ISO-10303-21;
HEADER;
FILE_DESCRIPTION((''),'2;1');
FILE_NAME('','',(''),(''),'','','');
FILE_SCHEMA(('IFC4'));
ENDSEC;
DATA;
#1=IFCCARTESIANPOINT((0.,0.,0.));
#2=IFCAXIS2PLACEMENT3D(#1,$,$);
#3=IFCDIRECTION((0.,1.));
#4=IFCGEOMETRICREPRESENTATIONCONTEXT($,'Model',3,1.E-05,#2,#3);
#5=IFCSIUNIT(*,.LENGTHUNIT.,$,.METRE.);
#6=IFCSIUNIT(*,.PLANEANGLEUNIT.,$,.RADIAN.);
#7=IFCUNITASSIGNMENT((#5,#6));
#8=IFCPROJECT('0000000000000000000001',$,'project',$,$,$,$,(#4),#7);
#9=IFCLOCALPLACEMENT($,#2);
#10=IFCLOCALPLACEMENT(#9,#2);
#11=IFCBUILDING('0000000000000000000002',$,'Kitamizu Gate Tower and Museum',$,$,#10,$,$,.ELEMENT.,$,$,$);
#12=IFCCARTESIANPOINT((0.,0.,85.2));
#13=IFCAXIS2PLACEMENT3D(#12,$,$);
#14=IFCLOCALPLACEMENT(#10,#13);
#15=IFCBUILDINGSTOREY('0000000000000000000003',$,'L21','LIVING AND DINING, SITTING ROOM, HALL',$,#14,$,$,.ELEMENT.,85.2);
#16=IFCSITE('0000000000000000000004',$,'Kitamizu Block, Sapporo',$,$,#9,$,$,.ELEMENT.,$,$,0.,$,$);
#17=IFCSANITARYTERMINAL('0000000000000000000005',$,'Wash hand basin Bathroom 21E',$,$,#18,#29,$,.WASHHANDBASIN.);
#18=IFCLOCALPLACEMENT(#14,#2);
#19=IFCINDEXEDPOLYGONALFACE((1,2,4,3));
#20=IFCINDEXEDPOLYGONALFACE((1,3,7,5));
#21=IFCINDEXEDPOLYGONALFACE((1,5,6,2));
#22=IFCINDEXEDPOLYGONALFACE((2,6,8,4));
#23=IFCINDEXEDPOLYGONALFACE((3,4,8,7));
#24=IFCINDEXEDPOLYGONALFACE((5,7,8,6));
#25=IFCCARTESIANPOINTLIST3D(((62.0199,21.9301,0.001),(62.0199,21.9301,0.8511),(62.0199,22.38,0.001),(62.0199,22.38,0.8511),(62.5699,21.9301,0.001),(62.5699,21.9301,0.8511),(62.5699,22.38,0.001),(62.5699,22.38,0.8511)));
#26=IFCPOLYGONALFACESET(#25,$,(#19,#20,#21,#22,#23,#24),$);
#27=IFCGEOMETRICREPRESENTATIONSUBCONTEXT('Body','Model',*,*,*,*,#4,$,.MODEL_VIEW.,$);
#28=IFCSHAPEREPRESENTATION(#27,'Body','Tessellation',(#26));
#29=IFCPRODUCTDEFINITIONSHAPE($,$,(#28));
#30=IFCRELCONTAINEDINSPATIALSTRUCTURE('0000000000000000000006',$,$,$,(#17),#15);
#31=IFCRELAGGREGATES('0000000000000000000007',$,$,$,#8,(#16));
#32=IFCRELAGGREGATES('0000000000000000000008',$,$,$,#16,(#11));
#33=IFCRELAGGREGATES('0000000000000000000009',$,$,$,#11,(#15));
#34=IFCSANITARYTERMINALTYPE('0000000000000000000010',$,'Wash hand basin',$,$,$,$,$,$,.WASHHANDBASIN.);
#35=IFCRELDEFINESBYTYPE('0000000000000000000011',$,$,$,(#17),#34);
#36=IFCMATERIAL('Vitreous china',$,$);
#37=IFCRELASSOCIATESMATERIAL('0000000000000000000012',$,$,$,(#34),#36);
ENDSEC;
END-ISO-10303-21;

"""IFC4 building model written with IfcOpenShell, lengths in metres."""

from ifc_helpers import new_model, si_unit, direction, frame, origin, origin_2d, place, context, subcontext, project, spatial, rectangle, extrude, material, type_object, element, save


model = new_model("IFC4")

# Units and contexts
model_context = context("Model", 3, precision=1e-05, world=origin(), true_north=direction((0.0, 1.0)))
body_context = subcontext(model_context, "Body", "Model", "MODEL_VIEW")
ifc_project = project(units=[si_unit("LENGTHUNIT", "METRE"), si_unit("PLANEANGLEUNIT", "RADIAN")], contexts=[model_context])

# Site, building, storey
site_placement = place(None, origin())
site = spatial("IfcSite", under=ifc_project, at=site_placement, Name="Kitamizu Block, Sapporo", CompositionType="ELEMENT", RefElevation=0.0)
building_placement = place(site_placement, origin())
building = spatial("IfcBuilding", under=site, at=building_placement, Name="Kitamizu Gate Tower and Museum", CompositionType="ELEMENT")
storey_placement = place(building_placement, frame((0.0, 0.0, 85.2)))
storey = spatial("IfcBuildingStorey", under=building, at=storey_placement, Name="L21", Description="LIVING AND DINING, SITTING ROOM, HALL", CompositionType="ELEMENT", Elevation=85.2)

# Sanitary terminal
ifc_material_1 = material(Name="Vitreous china")
sanitary_terminal_type_1 = type_object("IfcSanitaryTerminalType", Name="Wash hand basin", PredefinedType="WASHHANDBASIN", material=ifc_material_1)
sanitary_terminal_1_placement = place(storey_placement, frame((62.2949, 22.155, 0.001), z_axis=(0.0, 0.0, 1.0), x_axis=(1.0, 0.0, 0.0)))
element("IfcSanitaryTerminal", 1, at=sanitary_terminal_1_placement, inside=storey, type_object=sanitary_terminal_type_1, Name="Wash hand basin Bathroom 21E", PredefinedType="WASHHANDBASIN", context=body_context, shape_type="SweptSolid", body=[
    extrude(rectangle(XDim=0.55, YDim=0.45, at=origin_2d()), origin(), (0.0, 0.0, 1.0), 0.8501),
])

save(model, "model.ifc")
